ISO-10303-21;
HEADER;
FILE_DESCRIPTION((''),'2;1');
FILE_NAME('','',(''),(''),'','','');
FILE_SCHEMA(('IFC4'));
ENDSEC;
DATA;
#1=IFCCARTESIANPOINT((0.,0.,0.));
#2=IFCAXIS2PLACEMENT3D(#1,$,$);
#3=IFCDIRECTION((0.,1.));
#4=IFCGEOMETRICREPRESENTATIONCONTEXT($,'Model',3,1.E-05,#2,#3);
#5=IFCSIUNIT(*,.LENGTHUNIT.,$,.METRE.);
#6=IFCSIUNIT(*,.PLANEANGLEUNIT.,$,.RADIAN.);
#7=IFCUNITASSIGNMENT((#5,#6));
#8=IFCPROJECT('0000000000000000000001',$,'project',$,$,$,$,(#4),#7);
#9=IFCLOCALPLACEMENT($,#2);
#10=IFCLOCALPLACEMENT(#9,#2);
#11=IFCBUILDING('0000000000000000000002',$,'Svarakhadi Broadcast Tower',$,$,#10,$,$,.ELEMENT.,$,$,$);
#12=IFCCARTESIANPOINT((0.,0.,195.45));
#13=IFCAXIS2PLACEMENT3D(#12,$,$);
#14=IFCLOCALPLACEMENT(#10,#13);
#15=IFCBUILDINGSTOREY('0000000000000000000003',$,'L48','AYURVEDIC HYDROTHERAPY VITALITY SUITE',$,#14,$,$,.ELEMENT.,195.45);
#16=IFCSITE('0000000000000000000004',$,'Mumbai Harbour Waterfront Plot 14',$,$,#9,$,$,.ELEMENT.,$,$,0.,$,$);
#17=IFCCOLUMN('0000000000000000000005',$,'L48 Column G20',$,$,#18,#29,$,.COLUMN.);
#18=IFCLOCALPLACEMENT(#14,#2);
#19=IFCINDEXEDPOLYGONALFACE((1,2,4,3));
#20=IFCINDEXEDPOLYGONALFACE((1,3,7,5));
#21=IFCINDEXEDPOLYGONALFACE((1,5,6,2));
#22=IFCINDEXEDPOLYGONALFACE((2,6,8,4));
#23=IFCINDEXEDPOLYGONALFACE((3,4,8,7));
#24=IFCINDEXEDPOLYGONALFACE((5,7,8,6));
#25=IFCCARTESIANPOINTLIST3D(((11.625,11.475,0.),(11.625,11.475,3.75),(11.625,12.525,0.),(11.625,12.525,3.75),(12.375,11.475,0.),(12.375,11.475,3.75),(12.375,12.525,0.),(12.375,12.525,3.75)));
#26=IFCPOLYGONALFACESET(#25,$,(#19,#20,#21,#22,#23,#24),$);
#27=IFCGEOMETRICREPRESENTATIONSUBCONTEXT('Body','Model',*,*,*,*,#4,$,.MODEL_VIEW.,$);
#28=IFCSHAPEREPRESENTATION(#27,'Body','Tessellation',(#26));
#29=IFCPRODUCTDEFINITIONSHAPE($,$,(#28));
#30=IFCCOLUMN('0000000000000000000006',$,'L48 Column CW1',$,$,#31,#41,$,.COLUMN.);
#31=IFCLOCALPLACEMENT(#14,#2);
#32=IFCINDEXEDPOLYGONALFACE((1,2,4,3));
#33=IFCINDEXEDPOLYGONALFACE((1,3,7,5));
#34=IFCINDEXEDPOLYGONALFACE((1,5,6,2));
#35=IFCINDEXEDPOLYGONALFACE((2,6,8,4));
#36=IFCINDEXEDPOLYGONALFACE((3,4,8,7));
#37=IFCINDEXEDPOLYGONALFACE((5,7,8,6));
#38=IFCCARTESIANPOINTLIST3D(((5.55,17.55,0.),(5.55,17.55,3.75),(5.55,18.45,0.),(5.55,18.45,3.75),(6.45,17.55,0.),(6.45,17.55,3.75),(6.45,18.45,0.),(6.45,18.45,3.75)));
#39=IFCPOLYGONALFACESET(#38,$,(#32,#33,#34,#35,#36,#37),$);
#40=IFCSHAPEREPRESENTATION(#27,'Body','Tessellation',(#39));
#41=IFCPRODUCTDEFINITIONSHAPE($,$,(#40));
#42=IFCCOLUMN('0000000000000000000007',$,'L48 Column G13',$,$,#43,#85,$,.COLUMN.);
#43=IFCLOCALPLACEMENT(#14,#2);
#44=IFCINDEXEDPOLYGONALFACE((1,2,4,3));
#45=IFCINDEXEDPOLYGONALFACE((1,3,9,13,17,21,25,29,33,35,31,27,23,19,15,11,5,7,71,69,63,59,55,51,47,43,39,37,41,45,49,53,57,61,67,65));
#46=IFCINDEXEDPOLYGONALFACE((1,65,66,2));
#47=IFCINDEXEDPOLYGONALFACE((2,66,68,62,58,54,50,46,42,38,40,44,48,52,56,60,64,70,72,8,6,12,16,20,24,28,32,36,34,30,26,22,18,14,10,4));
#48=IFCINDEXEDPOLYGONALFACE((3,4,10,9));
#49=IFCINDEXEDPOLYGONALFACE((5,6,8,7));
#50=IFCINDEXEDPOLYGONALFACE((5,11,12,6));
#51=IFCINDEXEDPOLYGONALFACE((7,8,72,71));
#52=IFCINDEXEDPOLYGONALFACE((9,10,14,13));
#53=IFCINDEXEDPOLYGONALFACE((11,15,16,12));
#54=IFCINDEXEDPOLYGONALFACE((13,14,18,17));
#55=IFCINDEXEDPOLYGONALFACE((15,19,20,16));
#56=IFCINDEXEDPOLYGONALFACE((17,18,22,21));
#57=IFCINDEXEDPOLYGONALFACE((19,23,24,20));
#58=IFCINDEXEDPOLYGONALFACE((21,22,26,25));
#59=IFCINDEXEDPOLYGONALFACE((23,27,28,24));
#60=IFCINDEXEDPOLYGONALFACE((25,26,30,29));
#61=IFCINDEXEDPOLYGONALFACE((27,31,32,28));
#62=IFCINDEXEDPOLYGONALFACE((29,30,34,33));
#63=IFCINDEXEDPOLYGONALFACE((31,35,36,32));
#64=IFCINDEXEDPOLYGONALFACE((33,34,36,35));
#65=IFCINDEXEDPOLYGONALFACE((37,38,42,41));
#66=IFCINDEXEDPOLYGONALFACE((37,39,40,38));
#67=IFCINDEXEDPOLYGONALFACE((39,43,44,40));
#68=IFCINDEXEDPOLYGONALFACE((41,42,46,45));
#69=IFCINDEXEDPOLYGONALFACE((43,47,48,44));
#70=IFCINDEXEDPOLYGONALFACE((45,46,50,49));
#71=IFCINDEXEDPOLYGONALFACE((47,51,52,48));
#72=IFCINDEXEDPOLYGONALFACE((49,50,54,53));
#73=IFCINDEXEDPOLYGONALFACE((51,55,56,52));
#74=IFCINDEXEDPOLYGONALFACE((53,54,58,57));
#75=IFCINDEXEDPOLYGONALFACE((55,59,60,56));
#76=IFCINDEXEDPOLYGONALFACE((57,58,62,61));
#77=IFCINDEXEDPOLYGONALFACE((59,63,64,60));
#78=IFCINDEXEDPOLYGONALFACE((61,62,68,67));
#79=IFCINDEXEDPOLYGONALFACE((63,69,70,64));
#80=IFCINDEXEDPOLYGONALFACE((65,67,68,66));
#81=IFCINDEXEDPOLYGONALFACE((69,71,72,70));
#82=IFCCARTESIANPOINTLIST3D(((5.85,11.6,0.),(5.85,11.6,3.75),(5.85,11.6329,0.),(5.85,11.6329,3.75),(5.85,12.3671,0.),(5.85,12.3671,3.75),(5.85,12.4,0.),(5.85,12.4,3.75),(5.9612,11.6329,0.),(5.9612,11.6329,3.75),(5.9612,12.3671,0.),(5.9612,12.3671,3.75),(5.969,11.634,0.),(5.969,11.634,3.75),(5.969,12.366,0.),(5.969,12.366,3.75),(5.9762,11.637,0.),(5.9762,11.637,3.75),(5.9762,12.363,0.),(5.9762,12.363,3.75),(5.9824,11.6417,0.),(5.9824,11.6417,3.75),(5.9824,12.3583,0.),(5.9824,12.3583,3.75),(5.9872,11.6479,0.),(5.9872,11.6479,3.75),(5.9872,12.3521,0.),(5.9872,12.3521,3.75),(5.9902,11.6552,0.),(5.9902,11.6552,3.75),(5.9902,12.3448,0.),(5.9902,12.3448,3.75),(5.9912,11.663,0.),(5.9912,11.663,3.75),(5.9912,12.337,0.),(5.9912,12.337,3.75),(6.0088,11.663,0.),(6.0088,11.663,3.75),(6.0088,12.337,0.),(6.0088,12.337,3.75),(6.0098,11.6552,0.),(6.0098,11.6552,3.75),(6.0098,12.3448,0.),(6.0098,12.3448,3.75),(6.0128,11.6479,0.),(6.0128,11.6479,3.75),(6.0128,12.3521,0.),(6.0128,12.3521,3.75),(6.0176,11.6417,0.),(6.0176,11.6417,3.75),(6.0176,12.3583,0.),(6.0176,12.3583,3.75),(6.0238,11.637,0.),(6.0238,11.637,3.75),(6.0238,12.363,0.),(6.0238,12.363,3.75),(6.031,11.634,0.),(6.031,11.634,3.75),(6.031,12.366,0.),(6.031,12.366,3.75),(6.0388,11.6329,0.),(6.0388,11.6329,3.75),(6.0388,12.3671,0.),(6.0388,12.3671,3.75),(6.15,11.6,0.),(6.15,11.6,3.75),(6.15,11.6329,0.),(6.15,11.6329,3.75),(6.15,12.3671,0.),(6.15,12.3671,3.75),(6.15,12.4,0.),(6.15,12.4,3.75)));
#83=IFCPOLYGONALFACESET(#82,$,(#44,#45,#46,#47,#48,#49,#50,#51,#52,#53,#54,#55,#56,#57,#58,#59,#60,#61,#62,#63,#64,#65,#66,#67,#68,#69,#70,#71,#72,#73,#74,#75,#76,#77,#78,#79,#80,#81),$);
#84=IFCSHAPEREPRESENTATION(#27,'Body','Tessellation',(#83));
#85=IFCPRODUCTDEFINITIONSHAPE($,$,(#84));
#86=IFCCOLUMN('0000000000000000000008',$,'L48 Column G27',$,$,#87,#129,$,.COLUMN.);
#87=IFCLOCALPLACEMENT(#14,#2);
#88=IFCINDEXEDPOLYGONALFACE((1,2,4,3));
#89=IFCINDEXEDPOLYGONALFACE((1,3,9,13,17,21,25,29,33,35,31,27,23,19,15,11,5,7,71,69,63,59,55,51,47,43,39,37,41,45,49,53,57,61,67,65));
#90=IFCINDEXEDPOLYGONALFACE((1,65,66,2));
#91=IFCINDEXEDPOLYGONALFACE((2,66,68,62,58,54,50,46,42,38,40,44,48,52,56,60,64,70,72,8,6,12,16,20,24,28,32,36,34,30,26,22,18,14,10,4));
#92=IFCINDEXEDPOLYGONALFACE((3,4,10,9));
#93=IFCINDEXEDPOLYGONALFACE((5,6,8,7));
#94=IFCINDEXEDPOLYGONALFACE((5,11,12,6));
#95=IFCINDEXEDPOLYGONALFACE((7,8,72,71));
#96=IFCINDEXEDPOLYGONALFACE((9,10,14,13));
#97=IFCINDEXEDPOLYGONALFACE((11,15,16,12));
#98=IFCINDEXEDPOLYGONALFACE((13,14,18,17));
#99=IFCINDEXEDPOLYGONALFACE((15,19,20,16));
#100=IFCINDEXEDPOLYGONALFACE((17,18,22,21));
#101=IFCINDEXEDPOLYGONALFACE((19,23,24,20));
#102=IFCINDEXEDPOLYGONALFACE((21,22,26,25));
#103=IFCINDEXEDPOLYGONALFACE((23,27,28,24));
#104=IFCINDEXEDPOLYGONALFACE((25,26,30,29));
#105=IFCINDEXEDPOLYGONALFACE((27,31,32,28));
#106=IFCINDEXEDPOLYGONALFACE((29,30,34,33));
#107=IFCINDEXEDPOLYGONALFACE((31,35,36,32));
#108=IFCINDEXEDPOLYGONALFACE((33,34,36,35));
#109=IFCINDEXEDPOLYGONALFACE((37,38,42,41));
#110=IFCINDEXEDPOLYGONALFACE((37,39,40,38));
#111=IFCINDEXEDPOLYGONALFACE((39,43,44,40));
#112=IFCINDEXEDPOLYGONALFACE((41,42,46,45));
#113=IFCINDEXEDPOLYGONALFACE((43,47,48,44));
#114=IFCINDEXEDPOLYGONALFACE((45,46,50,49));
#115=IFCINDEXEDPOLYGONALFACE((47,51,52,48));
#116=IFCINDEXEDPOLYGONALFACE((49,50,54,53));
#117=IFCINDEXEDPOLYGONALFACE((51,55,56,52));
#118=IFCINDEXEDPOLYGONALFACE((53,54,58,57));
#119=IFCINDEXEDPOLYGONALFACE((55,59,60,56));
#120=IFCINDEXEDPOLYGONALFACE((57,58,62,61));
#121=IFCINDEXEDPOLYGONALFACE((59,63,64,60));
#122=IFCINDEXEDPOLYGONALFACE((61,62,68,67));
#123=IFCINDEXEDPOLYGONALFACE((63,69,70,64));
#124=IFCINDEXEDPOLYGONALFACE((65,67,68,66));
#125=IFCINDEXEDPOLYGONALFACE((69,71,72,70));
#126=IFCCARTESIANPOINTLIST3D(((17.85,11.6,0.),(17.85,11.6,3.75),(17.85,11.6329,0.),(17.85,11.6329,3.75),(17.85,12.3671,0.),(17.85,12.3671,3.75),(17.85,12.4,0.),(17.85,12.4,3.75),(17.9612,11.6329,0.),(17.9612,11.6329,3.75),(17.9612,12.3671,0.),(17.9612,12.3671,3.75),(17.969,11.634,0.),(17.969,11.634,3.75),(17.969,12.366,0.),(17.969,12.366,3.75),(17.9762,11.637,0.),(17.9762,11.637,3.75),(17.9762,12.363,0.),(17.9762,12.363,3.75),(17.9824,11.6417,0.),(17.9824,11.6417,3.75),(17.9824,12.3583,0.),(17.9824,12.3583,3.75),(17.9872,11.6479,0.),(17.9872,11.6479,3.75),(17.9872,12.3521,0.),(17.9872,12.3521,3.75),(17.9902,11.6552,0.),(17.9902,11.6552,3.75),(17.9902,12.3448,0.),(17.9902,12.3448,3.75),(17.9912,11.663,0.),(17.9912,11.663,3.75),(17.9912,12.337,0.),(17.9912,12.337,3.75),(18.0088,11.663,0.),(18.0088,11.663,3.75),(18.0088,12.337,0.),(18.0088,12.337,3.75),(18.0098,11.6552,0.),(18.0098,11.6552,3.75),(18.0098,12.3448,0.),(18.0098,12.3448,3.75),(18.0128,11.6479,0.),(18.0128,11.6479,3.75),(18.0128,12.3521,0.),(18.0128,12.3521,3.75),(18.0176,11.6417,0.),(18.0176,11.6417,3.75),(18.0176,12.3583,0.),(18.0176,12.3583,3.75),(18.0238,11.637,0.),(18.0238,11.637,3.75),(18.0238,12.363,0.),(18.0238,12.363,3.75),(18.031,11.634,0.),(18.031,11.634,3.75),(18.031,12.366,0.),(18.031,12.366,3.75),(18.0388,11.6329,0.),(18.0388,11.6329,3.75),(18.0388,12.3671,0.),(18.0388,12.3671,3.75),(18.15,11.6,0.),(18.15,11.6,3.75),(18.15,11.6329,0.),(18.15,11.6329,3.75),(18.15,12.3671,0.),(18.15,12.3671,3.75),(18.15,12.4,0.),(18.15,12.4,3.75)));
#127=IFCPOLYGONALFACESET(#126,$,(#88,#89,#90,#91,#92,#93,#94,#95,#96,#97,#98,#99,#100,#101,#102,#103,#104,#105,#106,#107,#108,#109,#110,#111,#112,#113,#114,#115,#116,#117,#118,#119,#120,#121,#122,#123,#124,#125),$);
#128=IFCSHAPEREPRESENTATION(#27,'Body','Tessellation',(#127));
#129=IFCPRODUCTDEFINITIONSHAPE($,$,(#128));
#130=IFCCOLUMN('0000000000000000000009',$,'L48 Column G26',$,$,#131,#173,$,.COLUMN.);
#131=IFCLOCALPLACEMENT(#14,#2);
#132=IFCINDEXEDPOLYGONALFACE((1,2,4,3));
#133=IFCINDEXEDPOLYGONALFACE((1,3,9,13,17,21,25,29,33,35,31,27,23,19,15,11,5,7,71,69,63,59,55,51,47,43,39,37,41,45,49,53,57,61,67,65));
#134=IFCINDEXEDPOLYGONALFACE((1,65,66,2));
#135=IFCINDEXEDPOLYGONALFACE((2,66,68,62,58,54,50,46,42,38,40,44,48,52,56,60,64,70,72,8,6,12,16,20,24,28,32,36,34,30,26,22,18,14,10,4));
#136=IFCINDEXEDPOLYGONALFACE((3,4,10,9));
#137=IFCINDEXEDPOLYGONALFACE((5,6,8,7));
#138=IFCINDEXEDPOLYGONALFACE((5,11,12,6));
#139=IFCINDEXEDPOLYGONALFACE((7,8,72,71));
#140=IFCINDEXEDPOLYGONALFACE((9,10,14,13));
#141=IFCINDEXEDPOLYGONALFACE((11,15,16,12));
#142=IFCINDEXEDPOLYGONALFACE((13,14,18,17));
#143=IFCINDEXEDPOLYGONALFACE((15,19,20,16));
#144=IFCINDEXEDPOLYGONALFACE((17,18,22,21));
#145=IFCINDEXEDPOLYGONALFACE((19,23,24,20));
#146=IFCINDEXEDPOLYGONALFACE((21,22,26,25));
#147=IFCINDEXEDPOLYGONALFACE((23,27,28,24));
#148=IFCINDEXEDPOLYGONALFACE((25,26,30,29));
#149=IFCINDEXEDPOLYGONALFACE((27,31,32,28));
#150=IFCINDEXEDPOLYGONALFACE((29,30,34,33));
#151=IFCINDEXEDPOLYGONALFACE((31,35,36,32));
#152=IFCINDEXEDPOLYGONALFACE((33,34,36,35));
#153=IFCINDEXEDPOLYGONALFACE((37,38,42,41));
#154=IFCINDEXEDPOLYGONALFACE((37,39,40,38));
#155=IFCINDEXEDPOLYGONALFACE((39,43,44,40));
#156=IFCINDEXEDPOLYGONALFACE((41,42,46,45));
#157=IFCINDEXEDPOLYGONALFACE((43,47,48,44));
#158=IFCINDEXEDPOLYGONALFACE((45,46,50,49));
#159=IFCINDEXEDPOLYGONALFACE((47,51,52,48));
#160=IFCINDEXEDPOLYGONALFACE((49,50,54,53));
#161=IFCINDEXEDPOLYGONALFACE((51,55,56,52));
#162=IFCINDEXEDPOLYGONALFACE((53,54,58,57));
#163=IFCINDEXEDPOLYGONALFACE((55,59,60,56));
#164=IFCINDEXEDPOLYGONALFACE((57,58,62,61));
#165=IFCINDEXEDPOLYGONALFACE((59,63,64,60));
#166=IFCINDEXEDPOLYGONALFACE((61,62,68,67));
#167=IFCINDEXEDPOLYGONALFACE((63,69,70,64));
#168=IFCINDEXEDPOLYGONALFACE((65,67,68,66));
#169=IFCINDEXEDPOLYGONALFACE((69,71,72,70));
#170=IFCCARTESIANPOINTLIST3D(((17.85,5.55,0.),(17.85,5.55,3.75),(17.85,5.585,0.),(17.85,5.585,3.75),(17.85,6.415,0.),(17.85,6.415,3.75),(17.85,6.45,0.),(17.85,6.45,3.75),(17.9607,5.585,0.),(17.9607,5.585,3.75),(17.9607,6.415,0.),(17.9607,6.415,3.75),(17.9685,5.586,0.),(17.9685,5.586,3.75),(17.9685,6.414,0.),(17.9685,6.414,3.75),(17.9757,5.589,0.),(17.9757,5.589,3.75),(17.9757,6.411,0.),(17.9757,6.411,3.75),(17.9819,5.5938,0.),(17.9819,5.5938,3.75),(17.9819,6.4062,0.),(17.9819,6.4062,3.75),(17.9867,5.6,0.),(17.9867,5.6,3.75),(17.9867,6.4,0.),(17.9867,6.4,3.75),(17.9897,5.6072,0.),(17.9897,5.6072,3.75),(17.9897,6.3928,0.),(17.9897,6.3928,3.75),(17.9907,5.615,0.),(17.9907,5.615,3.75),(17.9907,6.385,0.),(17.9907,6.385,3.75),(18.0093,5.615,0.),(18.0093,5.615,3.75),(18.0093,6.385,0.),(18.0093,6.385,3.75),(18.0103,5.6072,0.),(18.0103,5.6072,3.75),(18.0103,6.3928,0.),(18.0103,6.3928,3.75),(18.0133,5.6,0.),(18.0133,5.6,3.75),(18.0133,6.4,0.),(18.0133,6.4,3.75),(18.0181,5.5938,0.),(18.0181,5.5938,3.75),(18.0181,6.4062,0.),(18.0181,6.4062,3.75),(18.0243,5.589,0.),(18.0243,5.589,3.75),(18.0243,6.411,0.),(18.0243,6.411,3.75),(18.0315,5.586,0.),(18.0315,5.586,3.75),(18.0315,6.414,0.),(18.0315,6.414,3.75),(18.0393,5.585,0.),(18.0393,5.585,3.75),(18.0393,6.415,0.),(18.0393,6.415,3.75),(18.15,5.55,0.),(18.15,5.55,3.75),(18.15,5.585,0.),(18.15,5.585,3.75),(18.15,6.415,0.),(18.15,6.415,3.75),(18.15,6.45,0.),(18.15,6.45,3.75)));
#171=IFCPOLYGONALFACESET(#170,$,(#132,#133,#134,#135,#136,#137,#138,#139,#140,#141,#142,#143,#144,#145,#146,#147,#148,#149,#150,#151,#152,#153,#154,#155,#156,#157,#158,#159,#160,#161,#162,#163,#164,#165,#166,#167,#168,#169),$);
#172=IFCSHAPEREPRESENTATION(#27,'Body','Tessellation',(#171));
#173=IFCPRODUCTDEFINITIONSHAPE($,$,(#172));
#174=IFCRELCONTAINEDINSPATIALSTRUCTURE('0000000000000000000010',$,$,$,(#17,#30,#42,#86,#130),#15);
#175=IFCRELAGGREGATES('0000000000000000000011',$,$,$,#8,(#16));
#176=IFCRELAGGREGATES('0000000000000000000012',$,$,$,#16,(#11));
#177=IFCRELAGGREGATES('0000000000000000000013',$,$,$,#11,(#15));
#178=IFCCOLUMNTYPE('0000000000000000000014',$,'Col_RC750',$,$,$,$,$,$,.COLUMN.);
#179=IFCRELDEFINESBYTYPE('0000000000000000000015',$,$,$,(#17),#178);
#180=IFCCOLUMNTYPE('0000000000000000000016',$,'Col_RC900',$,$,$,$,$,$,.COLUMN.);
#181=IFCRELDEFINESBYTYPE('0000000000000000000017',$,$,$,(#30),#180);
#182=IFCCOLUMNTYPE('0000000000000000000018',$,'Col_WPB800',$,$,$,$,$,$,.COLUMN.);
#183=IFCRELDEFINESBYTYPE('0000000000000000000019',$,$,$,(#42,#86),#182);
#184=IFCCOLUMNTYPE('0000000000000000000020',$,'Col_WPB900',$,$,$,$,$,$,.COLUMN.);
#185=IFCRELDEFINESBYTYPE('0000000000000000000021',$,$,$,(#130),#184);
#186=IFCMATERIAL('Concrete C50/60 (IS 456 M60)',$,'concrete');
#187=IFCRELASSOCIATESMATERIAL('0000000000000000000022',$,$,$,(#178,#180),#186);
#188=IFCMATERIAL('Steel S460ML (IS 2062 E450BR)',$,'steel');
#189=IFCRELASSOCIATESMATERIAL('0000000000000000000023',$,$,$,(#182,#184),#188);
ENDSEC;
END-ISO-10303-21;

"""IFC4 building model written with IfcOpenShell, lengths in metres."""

from ifc_helpers import new_model, si_unit, direction, frame, origin, origin_2d, place, context, subcontext, project, spatial, rectangle, i_section, extrude, material, material_profile, profile_set, type_object, element, save


model = new_model("IFC4")

# Units and contexts
model_context = context("Model", 3, precision=1e-05, world=origin(), true_north=direction((0.0, 1.0)))
body_context = subcontext(model_context, "Body", "Model", "MODEL_VIEW")
ifc_project = project(units=[si_unit("LENGTHUNIT", "METRE"), si_unit("PLANEANGLEUNIT", "RADIAN")], contexts=[model_context])

# Site, building, storey
site_placement = place(None, origin())
site = spatial("IfcSite", under=ifc_project, at=site_placement, Name="Mumbai Harbour Waterfront Plot 14", CompositionType="ELEMENT", RefElevation=0.0)
building_placement = place(site_placement, origin())
building = spatial("IfcBuilding", under=site, at=building_placement, Name="Svarakhadi Broadcast Tower", CompositionType="ELEMENT")
storey_placement = place(building_placement, frame((0.0, 0.0, 195.45)))
storey = spatial("IfcBuildingStorey", under=building, at=storey_placement, Name="L48", Description="AYURVEDIC HYDROTHERAPY VITALITY SUITE", CompositionType="ELEMENT", Elevation=195.45)

# Columns
ifc_material_1 = material(Name="Concrete C50/60 (IS 456 M60)", Category="concrete")
ifc_material_profile_1 = material_profile(ifc_material_1, rectangle(XDim=0.75, YDim=1.05, at=origin_2d()), Name="RC 750x1050")
ifc_profile_set_1 = profile_set([ifc_material_profile_1], Name="Concrete C50/60 (IS 456 M60)")
column_type_1 = type_object("IfcColumnType", Name="Col_RC750", PredefinedType="COLUMN", material=ifc_profile_set_1)
column_1_placement = place(storey_placement, frame((12.0, 12.0, 0.0), z_axis=(0.0, 0.0, 1.0), x_axis=(1.0, 0.0, 0.0)))
element("IfcColumn", 1, at=column_1_placement, inside=storey, type_object=column_type_1, Name="L48 Column G20", PredefinedType="COLUMN", context=body_context, shape_type="SweptSolid", body=[
    extrude(rectangle(XDim=0.75, YDim=1.05, at=origin_2d()), origin(), (0.0, 0.0, 1.0), 3.75),
])
ifc_material_profile_2 = material_profile(ifc_material_1, rectangle(XDim=0.8999, YDim=0.8999, at=origin_2d()), Name="RC 900x900")
ifc_profile_set_2 = profile_set([ifc_material_profile_2], Name="Concrete C50/60 (IS 456 M60)")
column_type_2 = type_object("IfcColumnType", Name="Col_RC900", PredefinedType="COLUMN", material=ifc_profile_set_2)
column_2_placement = place(storey_placement, frame((6.0, 18.0, 0.0), z_axis=(0.0, 0.0, 1.0), x_axis=(1.0, 0.0, 0.0)))
element("IfcColumn", 2, at=column_2_placement, inside=storey, type_object=column_type_2, Name="L48 Column CW1", PredefinedType="COLUMN", context=body_context, shape_type="SweptSolid", body=[
    extrude(rectangle(XDim=0.8999, YDim=0.8999, at=origin_2d()), origin(), (0.0, 0.0, 1.0), 3.75),
])
ifc_material_2 = material(Name="Steel S460ML (IS 2062 E450BR)", Category="steel")
ifc_material_profile_3 = material_profile(ifc_material_2, i_section(OverallWidth=0.3, OverallDepth=0.8, WebThickness=0.0176, FlangeThickness=0.033, FilletRadius=0.03, at=origin_2d()), Name="WPB 800x300x262")
ifc_profile_set_3 = profile_set([ifc_material_profile_3], Name="Steel S460ML (IS 2062 E450BR)")
column_type_3 = type_object("IfcColumnType", Name="Col_WPB800", PredefinedType="COLUMN", material=ifc_profile_set_3)
for number, where, z_axis, x_axis, name in (
    (3, (6.0, 12.0, 0.0), (0.0, 0.0, 1.0), (1.0, 0.0, 0.0), "L48 Column G13"),
    (4, (18.0, 12.0, 0.0), (0.0, 0.0, 1.0), (1.0, 0.0, 0.0), "L48 Column G27"),
):
    element("IfcColumn", number, at=place(storey_placement, frame(where, z_axis=z_axis, x_axis=x_axis)), inside=storey, type_object=column_type_3, Name=name, PredefinedType="COLUMN", context=body_context, shape_type="SweptSolid", body=[
        extrude(i_section(OverallWidth=0.3, OverallDepth=0.8, WebThickness=0.0176, FlangeThickness=0.033, FilletRadius=0.03, at=origin_2d()), origin(), (0.0, 0.0, 1.0), 3.75),
    ])
ifc_material_profile_4 = material_profile(ifc_material_2, i_section(OverallWidth=0.3, OverallDepth=0.8999, WebThickness=0.0186, FlangeThickness=0.0349, FilletRadius=0.03, at=origin_2d()), Name="WPB 900x300x291")
ifc_profile_set_4 = profile_set([ifc_material_profile_4], Name="Steel S460ML (IS 2062 E450BR)")
column_type_4 = type_object("IfcColumnType", Name="Col_WPB900", PredefinedType="COLUMN", material=ifc_profile_set_4)
column_3_placement = place(storey_placement, frame((18.0, 6.0, 0.0), z_axis=(0.0, 0.0, 1.0), x_axis=(1.0, 0.0, 0.0)))
element("IfcColumn", 5, at=column_3_placement, inside=storey, type_object=column_type_4, Name="L48 Column G26", PredefinedType="COLUMN", context=body_context, shape_type="SweptSolid", body=[
    extrude(i_section(OverallWidth=0.3, OverallDepth=0.8999, WebThickness=0.0186, FlangeThickness=0.0349, FilletRadius=0.03, at=origin_2d()), origin(), (0.0, 0.0, 1.0), 3.75),
])

save(model, "model.ifc")
